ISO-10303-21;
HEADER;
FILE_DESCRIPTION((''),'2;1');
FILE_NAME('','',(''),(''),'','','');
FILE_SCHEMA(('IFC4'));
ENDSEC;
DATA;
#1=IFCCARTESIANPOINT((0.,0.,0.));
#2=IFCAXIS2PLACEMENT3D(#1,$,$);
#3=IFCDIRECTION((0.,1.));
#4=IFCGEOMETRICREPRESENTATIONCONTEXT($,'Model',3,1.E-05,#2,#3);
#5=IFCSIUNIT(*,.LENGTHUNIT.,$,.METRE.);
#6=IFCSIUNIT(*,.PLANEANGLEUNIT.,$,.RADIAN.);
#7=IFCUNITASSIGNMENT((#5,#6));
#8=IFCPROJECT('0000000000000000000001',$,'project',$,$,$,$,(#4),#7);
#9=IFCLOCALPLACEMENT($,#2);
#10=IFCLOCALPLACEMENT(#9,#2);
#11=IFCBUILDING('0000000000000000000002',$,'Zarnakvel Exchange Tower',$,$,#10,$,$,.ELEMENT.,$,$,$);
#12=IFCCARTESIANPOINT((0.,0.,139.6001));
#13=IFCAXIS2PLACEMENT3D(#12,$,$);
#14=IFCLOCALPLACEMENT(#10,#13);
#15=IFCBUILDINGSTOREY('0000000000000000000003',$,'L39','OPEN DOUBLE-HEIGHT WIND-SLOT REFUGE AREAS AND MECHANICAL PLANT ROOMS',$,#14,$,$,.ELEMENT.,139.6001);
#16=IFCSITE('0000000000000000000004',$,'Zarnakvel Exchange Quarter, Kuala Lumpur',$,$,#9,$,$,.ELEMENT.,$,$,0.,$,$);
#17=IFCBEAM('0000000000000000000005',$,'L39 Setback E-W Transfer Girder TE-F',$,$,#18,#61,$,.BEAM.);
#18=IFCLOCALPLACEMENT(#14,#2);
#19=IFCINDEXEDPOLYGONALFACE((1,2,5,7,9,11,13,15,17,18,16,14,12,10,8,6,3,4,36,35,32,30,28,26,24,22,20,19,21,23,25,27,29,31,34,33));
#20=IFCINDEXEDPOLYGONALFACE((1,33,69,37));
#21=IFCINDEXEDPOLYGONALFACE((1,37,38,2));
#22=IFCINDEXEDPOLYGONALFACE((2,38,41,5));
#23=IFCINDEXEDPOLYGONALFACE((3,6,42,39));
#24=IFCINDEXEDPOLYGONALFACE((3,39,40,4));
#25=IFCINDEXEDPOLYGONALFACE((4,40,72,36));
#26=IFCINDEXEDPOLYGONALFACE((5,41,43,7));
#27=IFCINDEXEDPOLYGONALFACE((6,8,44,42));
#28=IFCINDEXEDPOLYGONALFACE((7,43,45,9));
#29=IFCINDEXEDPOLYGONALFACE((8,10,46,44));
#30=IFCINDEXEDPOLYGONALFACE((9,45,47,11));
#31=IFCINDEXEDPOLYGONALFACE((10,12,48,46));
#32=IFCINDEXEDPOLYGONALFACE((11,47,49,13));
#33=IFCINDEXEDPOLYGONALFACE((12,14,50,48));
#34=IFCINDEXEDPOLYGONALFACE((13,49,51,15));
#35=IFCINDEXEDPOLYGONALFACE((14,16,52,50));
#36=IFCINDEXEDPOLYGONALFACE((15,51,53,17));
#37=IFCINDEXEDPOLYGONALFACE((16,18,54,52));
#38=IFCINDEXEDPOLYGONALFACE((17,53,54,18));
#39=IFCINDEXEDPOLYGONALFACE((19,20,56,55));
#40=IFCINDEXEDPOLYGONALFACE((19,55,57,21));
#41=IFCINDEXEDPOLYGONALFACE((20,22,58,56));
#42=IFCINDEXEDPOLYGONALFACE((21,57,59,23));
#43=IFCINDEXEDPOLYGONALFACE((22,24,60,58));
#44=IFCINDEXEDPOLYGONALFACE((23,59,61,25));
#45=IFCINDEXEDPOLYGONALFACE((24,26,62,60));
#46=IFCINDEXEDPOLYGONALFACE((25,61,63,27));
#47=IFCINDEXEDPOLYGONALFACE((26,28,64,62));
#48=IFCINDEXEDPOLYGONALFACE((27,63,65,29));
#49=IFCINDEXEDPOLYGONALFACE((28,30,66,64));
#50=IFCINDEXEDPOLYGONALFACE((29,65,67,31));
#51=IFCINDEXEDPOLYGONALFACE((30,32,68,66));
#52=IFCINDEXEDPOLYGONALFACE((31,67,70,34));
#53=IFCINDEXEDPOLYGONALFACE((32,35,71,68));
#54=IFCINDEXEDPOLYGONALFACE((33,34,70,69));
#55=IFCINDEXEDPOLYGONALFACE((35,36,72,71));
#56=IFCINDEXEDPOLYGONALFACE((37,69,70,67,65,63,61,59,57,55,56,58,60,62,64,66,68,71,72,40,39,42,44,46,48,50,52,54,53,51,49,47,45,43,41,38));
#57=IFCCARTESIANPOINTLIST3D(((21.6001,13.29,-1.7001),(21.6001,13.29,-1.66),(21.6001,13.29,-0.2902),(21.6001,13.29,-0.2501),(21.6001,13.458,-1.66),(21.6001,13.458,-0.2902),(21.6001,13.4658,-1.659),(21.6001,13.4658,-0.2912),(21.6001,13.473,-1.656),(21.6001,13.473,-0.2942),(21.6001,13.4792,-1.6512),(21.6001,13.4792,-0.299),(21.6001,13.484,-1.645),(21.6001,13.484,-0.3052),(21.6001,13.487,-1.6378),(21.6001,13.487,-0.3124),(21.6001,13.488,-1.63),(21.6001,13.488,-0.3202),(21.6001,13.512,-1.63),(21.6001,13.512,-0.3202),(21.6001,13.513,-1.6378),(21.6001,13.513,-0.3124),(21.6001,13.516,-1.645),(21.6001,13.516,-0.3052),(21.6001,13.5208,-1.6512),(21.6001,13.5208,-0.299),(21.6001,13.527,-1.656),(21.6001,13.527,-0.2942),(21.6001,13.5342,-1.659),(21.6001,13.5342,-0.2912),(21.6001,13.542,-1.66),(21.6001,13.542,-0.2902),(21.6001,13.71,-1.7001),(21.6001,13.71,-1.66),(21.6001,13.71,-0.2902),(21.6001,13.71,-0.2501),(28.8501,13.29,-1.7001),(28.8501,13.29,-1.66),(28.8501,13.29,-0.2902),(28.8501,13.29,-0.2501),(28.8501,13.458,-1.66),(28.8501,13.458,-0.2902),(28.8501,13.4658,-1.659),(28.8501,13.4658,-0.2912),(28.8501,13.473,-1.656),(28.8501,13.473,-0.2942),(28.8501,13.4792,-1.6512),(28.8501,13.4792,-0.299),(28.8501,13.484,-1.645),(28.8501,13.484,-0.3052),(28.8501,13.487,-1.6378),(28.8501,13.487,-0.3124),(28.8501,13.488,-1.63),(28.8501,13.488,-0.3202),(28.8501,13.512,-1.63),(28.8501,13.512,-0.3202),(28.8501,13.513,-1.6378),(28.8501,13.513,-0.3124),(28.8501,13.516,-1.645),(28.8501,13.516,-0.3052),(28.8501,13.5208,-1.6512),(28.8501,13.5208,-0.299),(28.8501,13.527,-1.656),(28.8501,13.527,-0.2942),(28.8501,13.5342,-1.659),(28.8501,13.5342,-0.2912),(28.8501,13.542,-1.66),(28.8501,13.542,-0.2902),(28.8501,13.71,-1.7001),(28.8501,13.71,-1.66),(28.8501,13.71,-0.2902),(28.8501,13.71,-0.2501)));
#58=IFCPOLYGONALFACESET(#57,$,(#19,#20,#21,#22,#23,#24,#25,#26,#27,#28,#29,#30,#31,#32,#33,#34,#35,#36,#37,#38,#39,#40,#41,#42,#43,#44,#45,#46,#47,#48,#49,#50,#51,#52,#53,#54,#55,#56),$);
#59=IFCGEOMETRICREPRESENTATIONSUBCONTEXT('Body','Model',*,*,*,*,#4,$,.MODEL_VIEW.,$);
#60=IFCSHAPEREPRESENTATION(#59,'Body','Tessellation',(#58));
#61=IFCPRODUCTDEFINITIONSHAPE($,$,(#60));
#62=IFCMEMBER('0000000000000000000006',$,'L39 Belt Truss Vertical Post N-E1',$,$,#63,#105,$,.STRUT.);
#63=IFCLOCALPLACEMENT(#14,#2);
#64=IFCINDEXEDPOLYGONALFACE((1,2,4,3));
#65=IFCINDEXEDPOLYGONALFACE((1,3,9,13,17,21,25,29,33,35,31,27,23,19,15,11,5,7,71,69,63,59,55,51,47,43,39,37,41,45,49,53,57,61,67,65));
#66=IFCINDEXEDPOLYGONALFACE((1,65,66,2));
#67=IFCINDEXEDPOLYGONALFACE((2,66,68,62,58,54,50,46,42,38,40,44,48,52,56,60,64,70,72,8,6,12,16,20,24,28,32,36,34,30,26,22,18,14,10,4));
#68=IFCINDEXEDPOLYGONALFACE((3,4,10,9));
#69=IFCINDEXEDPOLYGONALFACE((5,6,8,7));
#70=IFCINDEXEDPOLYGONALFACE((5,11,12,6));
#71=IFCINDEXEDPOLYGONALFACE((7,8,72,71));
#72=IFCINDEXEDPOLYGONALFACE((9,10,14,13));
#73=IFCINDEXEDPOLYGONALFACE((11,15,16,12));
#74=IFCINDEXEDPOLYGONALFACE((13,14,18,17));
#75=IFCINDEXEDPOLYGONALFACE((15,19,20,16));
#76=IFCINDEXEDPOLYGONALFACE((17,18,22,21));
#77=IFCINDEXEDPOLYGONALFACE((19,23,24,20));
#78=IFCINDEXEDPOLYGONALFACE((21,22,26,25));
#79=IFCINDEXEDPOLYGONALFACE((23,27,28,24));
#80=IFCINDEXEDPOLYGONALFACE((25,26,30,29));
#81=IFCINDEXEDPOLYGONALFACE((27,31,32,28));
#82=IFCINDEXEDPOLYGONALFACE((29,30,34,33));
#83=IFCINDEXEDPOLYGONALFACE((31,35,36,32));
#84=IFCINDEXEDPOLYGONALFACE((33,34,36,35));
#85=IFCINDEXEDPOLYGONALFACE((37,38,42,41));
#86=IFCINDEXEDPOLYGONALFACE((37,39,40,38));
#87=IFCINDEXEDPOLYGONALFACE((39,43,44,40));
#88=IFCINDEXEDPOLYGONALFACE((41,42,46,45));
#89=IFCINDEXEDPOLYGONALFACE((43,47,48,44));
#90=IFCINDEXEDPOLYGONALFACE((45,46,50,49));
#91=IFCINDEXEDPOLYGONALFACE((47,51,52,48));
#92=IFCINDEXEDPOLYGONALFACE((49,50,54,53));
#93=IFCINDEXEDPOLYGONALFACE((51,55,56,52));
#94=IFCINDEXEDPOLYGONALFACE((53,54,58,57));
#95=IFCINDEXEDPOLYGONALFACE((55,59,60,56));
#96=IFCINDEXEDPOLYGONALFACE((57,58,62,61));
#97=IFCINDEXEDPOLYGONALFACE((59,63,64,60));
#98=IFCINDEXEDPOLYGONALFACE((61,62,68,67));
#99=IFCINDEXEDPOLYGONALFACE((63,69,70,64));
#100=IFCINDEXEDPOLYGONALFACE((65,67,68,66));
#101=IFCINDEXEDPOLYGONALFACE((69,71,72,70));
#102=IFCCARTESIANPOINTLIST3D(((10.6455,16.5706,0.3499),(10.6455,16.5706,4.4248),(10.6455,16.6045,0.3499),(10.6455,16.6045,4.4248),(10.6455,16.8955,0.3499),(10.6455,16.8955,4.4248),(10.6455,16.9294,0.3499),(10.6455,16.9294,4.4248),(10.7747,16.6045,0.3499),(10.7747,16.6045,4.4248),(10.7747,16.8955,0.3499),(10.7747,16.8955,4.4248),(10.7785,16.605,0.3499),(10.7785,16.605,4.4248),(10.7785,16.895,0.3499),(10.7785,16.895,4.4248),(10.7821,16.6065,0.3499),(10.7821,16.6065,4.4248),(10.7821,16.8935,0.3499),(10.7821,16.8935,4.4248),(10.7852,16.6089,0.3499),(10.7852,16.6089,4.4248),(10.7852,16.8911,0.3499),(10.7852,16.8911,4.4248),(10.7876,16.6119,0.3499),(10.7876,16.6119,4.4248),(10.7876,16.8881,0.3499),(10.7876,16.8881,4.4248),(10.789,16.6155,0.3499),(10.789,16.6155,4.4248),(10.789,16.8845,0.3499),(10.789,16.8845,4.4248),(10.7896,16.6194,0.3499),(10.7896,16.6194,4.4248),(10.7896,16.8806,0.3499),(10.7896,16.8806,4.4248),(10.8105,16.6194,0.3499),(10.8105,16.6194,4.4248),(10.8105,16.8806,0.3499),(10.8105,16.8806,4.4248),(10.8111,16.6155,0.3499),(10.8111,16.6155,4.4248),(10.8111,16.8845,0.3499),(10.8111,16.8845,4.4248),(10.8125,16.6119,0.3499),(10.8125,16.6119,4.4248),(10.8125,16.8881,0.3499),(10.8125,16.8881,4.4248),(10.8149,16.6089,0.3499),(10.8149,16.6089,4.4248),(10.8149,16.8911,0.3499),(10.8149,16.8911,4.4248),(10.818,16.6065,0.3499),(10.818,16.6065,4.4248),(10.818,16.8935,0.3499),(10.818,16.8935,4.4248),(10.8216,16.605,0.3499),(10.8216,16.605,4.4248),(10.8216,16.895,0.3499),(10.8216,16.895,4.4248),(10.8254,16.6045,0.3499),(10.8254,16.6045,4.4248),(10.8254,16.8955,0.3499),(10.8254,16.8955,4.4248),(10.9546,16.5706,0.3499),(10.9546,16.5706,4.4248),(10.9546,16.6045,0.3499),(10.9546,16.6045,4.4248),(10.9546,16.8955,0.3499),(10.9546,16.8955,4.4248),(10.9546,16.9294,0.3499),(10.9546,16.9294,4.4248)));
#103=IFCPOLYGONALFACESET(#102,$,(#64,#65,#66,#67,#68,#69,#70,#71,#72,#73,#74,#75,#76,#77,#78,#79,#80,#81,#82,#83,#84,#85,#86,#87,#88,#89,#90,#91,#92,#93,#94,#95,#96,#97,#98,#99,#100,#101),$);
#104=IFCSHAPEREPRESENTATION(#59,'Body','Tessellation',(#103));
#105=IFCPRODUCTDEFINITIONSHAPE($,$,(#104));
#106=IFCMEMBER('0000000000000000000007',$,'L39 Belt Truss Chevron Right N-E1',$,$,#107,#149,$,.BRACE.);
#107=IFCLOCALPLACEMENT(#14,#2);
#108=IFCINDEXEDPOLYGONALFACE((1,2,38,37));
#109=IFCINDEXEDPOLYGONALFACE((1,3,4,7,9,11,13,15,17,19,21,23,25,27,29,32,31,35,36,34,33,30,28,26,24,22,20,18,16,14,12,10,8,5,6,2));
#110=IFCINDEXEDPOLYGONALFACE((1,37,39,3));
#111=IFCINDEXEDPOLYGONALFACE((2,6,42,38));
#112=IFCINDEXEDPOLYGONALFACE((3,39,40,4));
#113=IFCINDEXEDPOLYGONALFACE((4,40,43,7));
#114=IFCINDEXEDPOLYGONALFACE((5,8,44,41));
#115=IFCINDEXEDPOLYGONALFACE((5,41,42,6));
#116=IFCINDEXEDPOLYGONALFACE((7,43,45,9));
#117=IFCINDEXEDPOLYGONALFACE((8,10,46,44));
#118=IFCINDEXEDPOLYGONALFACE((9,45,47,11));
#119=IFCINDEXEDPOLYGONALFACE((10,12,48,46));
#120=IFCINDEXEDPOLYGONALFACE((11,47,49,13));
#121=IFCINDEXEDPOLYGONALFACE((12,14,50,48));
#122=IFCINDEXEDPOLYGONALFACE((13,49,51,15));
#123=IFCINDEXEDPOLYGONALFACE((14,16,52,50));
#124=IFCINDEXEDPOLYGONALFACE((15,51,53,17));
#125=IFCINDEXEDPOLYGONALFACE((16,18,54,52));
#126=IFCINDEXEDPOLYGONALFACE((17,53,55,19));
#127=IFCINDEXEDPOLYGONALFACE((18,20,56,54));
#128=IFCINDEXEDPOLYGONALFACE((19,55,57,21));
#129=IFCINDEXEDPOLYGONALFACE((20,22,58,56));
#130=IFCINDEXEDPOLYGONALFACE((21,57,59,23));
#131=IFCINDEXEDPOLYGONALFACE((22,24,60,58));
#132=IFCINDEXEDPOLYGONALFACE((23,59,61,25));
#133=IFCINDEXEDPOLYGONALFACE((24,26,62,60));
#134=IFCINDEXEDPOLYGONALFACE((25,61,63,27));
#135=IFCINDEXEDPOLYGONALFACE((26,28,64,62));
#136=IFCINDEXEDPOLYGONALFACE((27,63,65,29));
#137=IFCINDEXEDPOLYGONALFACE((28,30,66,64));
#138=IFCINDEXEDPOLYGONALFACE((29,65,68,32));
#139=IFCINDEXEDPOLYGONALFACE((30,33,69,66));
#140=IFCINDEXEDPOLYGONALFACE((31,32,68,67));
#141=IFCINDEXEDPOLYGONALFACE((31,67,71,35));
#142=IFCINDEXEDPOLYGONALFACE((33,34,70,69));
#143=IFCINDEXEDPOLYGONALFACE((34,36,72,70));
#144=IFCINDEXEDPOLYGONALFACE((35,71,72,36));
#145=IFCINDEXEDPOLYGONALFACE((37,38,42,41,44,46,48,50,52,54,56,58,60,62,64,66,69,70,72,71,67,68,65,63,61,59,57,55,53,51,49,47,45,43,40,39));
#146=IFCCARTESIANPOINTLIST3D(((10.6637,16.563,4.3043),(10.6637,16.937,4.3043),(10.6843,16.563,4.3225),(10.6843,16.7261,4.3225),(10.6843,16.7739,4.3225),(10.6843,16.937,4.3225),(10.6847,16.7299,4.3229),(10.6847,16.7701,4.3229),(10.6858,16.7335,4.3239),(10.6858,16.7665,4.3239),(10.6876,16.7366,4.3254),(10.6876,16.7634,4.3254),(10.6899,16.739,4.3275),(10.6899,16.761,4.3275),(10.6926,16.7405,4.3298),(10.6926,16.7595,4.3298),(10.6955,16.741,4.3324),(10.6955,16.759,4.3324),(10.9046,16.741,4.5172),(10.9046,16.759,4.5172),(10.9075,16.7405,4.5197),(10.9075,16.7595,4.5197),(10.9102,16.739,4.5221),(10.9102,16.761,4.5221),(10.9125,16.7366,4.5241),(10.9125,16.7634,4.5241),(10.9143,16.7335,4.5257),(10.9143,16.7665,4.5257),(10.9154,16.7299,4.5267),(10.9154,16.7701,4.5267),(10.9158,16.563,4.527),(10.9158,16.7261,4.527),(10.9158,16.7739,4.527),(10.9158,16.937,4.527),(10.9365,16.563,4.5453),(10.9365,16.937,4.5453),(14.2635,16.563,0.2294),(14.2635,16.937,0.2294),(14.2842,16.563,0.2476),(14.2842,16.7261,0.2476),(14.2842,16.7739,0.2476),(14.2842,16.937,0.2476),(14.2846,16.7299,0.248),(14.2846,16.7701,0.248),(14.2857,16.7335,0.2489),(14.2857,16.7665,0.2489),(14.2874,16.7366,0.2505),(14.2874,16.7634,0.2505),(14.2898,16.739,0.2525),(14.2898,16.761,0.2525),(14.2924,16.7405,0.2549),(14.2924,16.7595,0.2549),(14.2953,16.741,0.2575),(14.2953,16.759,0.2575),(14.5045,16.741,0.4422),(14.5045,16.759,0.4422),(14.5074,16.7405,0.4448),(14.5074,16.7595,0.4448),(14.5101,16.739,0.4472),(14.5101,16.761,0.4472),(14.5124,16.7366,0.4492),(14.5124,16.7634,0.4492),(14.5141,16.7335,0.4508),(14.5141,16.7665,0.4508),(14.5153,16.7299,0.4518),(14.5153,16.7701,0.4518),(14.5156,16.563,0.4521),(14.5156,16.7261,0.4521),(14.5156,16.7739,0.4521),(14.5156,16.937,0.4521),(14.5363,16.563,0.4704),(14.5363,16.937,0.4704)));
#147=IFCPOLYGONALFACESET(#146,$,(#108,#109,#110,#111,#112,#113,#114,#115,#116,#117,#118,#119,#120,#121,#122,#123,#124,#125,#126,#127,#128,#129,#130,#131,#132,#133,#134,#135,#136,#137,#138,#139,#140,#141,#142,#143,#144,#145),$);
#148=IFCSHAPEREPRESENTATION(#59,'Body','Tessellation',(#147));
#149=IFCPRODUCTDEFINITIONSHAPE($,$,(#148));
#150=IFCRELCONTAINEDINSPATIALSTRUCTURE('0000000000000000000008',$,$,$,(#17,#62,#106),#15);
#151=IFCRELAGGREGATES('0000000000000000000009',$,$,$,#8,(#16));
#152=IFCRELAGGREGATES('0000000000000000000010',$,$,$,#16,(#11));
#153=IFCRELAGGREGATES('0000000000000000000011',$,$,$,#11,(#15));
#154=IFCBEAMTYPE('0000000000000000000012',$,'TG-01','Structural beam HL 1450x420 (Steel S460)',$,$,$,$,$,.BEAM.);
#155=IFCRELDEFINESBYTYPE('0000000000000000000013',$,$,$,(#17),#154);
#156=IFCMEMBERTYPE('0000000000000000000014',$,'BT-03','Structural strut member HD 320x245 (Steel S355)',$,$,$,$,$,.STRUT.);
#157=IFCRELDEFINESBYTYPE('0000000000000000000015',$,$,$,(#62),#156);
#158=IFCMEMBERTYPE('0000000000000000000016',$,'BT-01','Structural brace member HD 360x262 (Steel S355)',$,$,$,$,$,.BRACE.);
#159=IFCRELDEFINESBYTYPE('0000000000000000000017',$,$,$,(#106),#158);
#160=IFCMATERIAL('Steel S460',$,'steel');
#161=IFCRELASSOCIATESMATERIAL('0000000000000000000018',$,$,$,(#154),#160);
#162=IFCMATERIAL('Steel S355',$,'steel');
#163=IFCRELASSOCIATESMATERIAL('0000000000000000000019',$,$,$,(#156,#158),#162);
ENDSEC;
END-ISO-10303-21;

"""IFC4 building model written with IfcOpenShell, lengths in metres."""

from ifc_helpers import new_model, si_unit, direction, frame, origin, origin_2d, place, context, subcontext, project, spatial, i_section, extrude, source, transform, mapped, material, material_profile, profile_set, type_object, element, save


model = new_model("IFC4")

# Units and contexts
model_context = context("Model", 3, precision=1e-05, world=origin(), true_north=direction((0.0, 1.0)))
body_context = subcontext(model_context, "Body", "Model", "MODEL_VIEW")
ifc_project = project(units=[si_unit("LENGTHUNIT", "METRE"), si_unit("PLANEANGLEUNIT", "RADIAN")], contexts=[model_context])

# Site, building, storey
site_placement = place(None, origin())
site = spatial("IfcSite", under=ifc_project, at=site_placement, Name="Zarnakvel Exchange Quarter, Kuala Lumpur", CompositionType="ELEMENT", RefElevation=0.0)
building_placement = place(site_placement, origin())
building = spatial("IfcBuilding", under=site, at=building_placement, Name="Zarnakvel Exchange Tower", CompositionType="ELEMENT")
storey_placement = place(building_placement, frame((0.0, 0.0, 139.6001)))
storey = spatial("IfcBuildingStorey", under=building, at=storey_placement, Name="L39", Description="OPEN DOUBLE-HEIGHT WIND-SLOT REFUGE AREAS AND MECHANICAL PLANT ROOMS", CompositionType="ELEMENT", Elevation=139.6001)

# Shared definitions
ifc_material_1 = material(Name="Steel S355", Category="steel")

# Beam
ifc_material_2 = material(Name="Steel S460", Category="steel")
ifc_material_profile_1 = material_profile(ifc_material_2, i_section(OverallWidth=0.4199, OverallDepth=1.45, WebThickness=0.0239, FlangeThickness=0.04, FilletRadius=0.03, at=origin_2d()))
ifc_profile_set_1 = profile_set([ifc_material_profile_1], Name="Steel S460")
beam_type_1 = type_object("IfcBeamType", Name="TG-01", Description="Structural beam HL 1450x420 (Steel S460)", PredefinedType="BEAM", material=ifc_profile_set_1)
beam_1_placement = place(storey_placement, frame((21.6001, 13.5, -0.9751), z_axis=(1.0, 0.0, 0.0), x_axis=(0.0, 1.0, 0.0)))
element("IfcBeam", 1, at=beam_1_placement, inside=storey, type_object=beam_type_1, Name="L39 Setback E-W Transfer Girder TE-F", PredefinedType="BEAM", context=body_context, shape_type="SweptSolid", body=[
    extrude(i_section(OverallWidth=0.4199, OverallDepth=1.45, WebThickness=0.0239, FlangeThickness=0.04, FilletRadius=0.03, at=origin_2d()), origin(), (0.0, 0.0, 1.0), 7.25),
])

# Members
ifc_material_profile_2 = material_profile(ifc_material_1, i_section(OverallWidth=0.3091, OverallDepth=0.3589, WebThickness=0.021, FlangeThickness=0.0339, FilletRadius=0.0149, at=origin_2d()))
ifc_profile_set_2 = profile_set([ifc_material_profile_2], Name="Steel S355")
member_type_1 = type_object("IfcMemberType", Name="BT-03", Description="Structural strut member HD 320x245 (Steel S355)", PredefinedType="STRUT", material=ifc_profile_set_2)
shared_shape_1 = source(origin(), body_context, "Body", "SweptSolid", [
    extrude(i_section(OverallWidth=0.3091, OverallDepth=0.3589, WebThickness=0.021, FlangeThickness=0.0339, FilletRadius=0.0149, at=origin_2d()), origin(), (0.0, 0.0, 1.0), 4.075),
])
member_1_placement = place(storey_placement, frame((10.8, 16.75, 0.3499), z_axis=(0.0, 0.0, 1.0), x_axis=(1.0, 0.0, 0.0)))
element("IfcMember", 2, at=member_1_placement, inside=storey, type_object=member_type_1, Name="L39 Belt Truss Vertical Post N-E1", PredefinedType="STRUT", context=body_context, shape_type="MappedRepresentation", body=[
    mapped(shared_shape_1, transform((0.0, 0.0, 0.0), x_axis=(1.0, 0.0, 0.0), y_axis=(0.0, 1.0, 0.0), z_axis=(0.0, 0.0, 1.0), scale=1.0)),
])
ifc_material_profile_3 = material_profile(ifc_material_1, i_section(OverallWidth=0.374, OverallDepth=0.364, WebThickness=0.0181, FlangeThickness=0.0276, FilletRadius=0.0149, at=origin_2d()))
ifc_profile_set_3 = profile_set([ifc_material_profile_3], Name="Steel S355")
member_type_2 = type_object("IfcMemberType", Name="BT-01", Description="Structural brace member HD 360x262 (Steel S355)", PredefinedType="BRACE", material=ifc_profile_set_3)
shared_shape_2 = source(origin(), body_context, "Body", "SweptSolid", [
    extrude(i_section(OverallWidth=0.374, OverallDepth=0.364, WebThickness=0.0181, FlangeThickness=0.0276, FilletRadius=0.0149, at=origin_2d()), origin(), (0.0, 0.0, 1.0), 5.4373),
])
member_2_placement = place(storey_placement, frame((14.3999, 16.75, 0.3499), z_axis=(-0.662067, 0.0, 0.749445), x_axis=(0.0, -1.0, 0.0)))
element("IfcMember", 3, at=member_2_placement, inside=storey, type_object=member_type_2, Name="L39 Belt Truss Chevron Right N-E1", PredefinedType="BRACE", context=body_context, shape_type="MappedRepresentation", body=[
    mapped(shared_shape_2, transform((0.0, 0.0, 0.0), x_axis=(1.0, 0.0, 0.0), y_axis=(0.0, 1.0, 0.0), z_axis=(0.0, 0.0, 1.0), scale=1.0)),
])

save(model, "model.ifc")
